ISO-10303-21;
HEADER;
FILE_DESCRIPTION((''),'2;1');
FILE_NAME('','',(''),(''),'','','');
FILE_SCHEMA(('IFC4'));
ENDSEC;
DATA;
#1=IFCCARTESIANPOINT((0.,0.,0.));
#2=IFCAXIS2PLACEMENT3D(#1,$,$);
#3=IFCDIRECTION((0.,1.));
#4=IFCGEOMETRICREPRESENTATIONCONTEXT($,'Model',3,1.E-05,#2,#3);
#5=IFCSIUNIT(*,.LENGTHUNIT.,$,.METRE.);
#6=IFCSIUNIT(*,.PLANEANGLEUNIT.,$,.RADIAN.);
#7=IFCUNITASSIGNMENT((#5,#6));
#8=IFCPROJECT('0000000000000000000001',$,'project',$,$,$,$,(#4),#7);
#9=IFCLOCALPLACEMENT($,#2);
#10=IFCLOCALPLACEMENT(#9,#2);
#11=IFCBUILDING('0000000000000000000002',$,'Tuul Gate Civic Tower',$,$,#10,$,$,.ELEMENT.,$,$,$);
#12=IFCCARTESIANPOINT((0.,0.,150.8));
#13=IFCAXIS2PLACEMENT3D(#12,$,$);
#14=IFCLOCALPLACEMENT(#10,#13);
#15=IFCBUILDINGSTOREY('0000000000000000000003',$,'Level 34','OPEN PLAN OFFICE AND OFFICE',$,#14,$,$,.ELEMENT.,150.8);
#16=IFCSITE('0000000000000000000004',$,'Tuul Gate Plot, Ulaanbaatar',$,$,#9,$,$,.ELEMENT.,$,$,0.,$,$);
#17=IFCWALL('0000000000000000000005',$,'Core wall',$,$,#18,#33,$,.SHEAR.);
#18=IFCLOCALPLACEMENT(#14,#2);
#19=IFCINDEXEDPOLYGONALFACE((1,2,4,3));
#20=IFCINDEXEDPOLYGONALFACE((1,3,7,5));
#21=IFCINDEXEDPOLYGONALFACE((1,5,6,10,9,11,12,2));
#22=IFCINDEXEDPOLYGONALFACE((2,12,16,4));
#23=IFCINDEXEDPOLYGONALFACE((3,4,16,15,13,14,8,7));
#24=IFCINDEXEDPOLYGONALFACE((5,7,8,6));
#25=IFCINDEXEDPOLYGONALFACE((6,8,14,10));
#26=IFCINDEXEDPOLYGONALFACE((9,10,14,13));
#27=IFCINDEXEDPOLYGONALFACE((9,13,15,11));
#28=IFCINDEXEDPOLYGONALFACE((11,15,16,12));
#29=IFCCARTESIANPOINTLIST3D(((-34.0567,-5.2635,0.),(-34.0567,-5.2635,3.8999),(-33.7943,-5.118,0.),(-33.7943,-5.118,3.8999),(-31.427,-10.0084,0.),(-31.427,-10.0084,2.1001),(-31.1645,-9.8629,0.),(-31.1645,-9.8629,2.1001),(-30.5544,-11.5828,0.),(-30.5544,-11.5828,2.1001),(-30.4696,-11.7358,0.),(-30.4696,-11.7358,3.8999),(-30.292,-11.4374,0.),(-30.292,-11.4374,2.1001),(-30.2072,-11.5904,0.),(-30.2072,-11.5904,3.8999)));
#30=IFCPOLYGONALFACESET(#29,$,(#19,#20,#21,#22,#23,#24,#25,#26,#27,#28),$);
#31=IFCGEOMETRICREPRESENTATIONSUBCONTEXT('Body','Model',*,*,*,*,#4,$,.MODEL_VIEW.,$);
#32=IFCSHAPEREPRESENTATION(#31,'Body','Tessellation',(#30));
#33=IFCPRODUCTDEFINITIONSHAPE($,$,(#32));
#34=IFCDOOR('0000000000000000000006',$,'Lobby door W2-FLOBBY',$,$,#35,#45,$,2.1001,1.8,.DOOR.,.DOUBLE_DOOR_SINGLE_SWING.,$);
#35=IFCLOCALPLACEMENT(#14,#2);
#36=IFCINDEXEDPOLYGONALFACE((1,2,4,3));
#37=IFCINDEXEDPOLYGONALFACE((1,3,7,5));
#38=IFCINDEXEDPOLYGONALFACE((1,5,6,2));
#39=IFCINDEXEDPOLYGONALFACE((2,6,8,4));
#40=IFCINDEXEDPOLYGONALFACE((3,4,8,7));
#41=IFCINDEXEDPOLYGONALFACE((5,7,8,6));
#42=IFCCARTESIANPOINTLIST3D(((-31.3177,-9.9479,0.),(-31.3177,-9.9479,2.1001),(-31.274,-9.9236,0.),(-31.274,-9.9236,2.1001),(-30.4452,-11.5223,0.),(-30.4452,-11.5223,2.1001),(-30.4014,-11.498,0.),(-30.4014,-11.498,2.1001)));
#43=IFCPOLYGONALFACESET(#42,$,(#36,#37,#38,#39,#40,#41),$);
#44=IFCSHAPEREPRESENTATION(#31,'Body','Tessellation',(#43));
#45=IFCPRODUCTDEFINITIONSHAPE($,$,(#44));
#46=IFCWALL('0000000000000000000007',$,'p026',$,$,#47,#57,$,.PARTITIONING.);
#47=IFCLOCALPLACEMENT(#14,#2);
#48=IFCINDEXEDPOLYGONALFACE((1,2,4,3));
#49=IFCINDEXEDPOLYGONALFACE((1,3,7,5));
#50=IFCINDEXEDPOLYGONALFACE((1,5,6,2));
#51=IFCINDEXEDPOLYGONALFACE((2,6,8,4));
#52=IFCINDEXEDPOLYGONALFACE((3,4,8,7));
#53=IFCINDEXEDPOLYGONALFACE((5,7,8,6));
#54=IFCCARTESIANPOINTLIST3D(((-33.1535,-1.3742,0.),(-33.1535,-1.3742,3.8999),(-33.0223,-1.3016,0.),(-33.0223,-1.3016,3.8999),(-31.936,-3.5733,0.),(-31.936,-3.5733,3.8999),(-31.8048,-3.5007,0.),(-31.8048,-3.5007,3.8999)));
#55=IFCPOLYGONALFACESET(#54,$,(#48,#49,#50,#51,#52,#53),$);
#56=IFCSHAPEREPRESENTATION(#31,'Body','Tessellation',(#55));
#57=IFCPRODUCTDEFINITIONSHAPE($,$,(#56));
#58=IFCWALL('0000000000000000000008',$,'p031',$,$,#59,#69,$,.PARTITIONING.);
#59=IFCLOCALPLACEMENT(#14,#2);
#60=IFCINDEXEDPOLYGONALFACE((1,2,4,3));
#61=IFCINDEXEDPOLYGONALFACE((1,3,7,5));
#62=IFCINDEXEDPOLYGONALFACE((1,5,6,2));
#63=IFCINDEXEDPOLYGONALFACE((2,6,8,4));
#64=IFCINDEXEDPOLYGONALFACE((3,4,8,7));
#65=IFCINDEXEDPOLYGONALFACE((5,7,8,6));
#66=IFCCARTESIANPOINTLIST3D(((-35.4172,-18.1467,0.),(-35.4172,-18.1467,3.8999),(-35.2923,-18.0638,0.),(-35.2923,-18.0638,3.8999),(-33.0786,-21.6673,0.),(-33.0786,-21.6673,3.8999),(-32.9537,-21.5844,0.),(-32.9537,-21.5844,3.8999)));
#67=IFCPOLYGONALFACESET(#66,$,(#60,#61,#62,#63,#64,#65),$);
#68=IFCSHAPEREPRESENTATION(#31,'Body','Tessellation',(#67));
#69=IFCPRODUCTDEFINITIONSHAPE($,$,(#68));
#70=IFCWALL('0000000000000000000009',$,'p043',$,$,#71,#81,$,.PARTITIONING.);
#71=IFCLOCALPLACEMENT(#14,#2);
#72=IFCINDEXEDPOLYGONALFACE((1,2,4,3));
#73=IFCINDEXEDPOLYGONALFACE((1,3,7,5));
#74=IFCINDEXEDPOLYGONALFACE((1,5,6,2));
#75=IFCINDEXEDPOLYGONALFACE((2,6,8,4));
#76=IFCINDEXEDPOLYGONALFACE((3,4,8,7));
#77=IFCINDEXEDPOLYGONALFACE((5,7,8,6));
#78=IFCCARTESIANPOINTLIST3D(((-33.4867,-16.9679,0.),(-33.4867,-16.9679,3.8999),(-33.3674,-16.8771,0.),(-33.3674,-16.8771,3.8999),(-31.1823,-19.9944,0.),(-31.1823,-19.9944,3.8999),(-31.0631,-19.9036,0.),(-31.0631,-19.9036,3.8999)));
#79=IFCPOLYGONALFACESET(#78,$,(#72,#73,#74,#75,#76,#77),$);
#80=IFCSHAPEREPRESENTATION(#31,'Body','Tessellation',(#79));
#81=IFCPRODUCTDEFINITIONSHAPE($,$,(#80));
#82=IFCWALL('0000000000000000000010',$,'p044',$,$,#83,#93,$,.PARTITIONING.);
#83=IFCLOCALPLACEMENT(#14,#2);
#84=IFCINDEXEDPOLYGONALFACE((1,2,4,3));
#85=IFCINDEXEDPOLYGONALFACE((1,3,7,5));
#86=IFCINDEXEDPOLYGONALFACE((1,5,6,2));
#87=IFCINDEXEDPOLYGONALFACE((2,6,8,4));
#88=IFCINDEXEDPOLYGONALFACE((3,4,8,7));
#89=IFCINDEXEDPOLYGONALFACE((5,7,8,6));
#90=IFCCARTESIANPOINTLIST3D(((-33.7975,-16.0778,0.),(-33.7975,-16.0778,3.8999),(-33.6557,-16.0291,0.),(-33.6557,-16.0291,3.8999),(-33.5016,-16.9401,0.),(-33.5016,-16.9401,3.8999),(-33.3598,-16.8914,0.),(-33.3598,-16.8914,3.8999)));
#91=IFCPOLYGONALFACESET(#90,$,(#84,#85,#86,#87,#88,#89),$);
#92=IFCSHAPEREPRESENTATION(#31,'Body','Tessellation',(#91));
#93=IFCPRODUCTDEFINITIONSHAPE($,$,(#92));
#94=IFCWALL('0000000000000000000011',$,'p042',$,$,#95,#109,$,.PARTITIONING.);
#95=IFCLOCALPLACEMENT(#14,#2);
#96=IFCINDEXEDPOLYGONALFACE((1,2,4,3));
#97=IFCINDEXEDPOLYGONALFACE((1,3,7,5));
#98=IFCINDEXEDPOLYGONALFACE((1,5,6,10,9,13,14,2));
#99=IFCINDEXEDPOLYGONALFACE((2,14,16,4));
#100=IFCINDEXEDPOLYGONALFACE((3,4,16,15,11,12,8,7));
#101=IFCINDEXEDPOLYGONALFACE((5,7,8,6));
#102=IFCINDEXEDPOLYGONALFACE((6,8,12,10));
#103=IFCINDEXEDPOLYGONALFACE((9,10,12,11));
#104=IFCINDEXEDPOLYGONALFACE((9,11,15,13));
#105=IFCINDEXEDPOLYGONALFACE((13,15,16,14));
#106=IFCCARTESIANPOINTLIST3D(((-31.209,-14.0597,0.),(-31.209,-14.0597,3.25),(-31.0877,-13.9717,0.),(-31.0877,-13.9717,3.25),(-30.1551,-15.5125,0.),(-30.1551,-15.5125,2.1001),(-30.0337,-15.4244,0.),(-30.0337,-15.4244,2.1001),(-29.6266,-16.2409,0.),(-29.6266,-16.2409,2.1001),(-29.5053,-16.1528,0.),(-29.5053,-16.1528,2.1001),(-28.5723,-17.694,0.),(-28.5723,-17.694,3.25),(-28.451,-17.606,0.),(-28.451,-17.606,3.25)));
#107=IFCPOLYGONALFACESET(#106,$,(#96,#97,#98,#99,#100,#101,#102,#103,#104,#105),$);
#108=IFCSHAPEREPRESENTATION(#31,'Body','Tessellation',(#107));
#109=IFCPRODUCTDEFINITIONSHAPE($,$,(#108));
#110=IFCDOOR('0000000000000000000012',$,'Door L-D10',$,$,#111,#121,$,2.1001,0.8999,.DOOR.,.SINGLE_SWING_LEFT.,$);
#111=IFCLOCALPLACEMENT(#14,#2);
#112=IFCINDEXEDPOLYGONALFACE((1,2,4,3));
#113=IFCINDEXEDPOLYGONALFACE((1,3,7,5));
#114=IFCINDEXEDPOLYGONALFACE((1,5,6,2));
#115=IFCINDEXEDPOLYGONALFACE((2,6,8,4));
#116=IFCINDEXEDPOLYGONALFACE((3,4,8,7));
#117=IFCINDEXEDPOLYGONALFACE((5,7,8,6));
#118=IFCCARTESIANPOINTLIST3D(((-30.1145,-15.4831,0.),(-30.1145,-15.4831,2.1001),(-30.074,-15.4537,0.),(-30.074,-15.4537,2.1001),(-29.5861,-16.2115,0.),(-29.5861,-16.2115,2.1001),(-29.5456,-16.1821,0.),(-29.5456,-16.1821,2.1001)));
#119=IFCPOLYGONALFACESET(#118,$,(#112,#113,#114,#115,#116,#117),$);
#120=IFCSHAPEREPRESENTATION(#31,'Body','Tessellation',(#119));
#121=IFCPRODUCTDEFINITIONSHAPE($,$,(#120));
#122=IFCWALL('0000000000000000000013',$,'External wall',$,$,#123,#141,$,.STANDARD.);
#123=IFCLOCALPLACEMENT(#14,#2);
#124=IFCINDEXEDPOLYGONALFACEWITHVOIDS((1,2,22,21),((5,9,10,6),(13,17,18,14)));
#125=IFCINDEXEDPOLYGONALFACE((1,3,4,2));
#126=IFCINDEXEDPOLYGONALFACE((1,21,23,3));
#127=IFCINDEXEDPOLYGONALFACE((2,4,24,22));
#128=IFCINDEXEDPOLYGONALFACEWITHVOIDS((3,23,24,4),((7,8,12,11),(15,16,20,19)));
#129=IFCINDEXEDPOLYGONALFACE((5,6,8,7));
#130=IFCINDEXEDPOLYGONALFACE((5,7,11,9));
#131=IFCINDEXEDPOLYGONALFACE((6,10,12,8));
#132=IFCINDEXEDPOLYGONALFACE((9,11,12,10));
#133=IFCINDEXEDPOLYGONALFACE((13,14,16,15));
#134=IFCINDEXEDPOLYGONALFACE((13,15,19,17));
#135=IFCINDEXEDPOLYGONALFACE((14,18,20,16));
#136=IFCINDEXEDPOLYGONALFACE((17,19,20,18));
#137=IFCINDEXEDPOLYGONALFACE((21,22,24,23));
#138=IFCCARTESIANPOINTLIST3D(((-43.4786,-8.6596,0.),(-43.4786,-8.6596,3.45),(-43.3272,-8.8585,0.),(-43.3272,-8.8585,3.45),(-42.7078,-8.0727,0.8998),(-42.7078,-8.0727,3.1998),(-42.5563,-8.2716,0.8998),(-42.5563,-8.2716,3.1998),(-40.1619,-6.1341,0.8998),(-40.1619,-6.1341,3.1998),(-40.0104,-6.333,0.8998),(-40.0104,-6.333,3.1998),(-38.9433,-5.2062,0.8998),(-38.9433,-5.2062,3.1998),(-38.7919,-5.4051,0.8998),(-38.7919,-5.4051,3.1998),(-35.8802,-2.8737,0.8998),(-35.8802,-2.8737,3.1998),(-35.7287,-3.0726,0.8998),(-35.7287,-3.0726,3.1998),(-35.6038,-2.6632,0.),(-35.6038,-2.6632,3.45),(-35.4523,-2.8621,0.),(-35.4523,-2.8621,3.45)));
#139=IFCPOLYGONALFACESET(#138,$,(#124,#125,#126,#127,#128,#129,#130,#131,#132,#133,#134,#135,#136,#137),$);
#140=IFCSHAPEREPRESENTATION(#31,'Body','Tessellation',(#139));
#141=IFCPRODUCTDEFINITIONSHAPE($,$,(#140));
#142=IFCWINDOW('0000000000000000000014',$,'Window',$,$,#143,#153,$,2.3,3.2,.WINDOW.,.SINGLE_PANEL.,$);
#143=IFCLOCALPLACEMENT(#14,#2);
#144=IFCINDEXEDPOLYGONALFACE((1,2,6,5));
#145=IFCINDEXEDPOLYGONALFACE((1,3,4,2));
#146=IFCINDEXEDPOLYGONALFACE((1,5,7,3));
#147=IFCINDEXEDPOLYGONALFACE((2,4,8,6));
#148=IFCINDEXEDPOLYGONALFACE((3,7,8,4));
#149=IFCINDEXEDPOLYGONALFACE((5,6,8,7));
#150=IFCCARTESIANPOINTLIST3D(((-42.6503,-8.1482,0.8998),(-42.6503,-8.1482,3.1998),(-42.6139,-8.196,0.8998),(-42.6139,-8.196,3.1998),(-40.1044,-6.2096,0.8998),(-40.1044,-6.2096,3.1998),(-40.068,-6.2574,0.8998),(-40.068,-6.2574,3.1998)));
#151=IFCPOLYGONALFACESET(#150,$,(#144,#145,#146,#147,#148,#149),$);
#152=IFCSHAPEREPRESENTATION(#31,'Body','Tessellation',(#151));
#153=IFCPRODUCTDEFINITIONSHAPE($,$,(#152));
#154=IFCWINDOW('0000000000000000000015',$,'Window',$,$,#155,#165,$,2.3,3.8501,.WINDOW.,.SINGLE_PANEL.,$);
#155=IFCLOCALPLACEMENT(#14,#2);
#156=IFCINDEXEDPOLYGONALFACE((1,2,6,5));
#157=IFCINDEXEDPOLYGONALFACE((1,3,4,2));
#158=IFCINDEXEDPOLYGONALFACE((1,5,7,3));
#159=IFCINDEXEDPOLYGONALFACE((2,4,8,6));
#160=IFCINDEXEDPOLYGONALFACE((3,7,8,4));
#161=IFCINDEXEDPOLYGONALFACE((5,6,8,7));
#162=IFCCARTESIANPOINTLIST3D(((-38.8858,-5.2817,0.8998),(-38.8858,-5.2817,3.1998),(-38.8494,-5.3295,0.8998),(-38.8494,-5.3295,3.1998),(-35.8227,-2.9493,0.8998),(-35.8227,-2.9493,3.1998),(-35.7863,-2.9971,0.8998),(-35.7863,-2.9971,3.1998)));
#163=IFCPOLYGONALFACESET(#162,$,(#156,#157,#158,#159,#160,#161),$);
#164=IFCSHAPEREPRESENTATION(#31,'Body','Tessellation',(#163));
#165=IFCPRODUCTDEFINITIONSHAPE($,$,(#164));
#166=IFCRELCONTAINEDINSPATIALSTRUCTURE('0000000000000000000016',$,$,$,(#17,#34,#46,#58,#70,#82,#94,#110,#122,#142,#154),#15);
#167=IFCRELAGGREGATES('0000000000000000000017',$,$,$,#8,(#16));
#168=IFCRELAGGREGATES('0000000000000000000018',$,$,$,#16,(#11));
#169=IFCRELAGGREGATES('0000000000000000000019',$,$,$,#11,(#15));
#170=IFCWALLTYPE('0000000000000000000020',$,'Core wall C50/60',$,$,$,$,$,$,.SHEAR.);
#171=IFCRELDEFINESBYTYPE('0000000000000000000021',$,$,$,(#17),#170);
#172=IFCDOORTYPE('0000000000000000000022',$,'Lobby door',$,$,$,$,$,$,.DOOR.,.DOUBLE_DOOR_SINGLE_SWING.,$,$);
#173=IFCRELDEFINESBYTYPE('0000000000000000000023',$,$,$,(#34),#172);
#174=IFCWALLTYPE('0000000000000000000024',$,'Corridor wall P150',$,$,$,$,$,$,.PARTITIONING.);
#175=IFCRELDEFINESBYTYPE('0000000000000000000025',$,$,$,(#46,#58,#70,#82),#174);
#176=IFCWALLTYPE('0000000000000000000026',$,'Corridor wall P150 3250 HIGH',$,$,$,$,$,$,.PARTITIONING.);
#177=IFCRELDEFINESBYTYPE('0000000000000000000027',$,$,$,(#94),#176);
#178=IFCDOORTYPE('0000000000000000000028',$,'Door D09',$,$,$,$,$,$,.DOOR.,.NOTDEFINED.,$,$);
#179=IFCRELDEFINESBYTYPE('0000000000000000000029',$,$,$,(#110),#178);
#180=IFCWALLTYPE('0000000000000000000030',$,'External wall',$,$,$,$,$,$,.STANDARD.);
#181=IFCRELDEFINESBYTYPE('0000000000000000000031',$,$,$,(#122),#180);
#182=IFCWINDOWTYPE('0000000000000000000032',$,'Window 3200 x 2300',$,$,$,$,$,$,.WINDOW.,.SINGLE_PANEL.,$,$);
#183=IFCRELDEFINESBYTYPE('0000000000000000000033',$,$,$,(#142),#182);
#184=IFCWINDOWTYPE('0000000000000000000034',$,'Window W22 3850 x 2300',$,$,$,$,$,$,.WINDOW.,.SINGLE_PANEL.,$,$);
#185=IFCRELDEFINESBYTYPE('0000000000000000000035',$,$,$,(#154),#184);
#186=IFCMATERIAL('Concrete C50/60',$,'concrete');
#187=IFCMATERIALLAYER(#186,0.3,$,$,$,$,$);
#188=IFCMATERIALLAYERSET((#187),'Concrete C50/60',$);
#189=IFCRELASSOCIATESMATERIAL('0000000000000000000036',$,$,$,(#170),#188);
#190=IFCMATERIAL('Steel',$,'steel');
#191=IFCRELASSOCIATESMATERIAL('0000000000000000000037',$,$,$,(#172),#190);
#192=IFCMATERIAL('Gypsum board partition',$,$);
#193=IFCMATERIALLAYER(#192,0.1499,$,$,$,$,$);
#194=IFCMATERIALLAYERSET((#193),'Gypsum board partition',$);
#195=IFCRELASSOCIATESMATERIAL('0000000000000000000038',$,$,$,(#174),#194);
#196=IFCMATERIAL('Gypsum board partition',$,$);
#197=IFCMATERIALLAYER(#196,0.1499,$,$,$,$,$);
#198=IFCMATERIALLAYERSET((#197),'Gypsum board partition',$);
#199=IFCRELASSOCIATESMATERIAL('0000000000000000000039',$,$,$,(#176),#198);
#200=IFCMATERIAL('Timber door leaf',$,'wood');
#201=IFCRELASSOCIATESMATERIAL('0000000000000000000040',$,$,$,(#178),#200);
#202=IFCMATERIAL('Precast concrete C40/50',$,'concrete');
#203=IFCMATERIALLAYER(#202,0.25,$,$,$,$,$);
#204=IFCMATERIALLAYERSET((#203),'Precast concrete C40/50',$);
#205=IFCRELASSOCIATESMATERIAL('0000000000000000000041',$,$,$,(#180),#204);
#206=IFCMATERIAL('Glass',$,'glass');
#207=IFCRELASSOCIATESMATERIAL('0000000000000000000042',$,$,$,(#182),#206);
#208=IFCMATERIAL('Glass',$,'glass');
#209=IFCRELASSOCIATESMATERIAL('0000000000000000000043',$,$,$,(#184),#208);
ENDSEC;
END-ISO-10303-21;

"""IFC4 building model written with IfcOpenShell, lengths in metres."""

from ifc_helpers import new_model, si_unit, direction, frame, frame_2d, origin, place, context, subcontext, project, spatial, rectangle, extrude, material, layer, layer_set, type_object, element, fill, save


model = new_model("IFC4")

# Units and contexts
model_context = context("Model", 3, precision=1e-05, world=origin(), true_north=direction((0.0, 1.0)))
body_context = subcontext(model_context, "Body", "Model", "MODEL_VIEW")
ifc_project = project(units=[si_unit("LENGTHUNIT", "METRE"), si_unit("PLANEANGLEUNIT", "RADIAN")], contexts=[model_context])

# Site, building, storey
site_placement = place(None, origin())
site = spatial("IfcSite", under=ifc_project, at=site_placement, Name="Tuul Gate Plot, Ulaanbaatar", CompositionType="ELEMENT", RefElevation=0.0)
building_placement = place(site_placement, origin())
building = spatial("IfcBuilding", under=site, at=building_placement, Name="Tuul Gate Civic Tower", CompositionType="ELEMENT")
storey_placement = place(building_placement, frame((0.0, 0.0, 150.8)))
storey = spatial("IfcBuildingStorey", under=building, at=storey_placement, Name="Level 34", Description="OPEN PLAN OFFICE AND OFFICE", CompositionType="ELEMENT", Elevation=150.8)

# Shared definitions
ifc_material_1 = material(Name="Concrete C50/60", Category="concrete")
ifc_layer_1 = layer(ifc_material_1, 0.3)
ifc_layer_set_1 = layer_set([ifc_layer_1], Name="Concrete C50/60")
wall_type_1 = type_object("IfcWallType", Name="Core wall C50/60", PredefinedType="SHEAR", material=ifc_layer_set_1)
ifc_material_2 = material(Name="Steel", Category="steel")
door_type_1 = type_object("IfcDoorType", Name="Lobby door", OperationType="DOUBLE_DOOR_SINGLE_SWING", PredefinedType="DOOR", material=ifc_material_2)

# Wall, opening, door
wall_1_placement = place(storey_placement, frame((-30.3384, -11.6631, 0.0), z_axis=(0.0, 0.0, 1.0), x_axis=(-0.484752, 0.874652, 0.0)))
wall_1 = element("IfcWall", 1, at=wall_1_placement, inside=storey, type_object=wall_type_1, Name="Core wall", PredefinedType="SHEAR", context=body_context, shape_type="SweptSolid", body=[
    extrude(rectangle(XDim=7.3999, YDim=0.3, at=frame_2d((3.7, 0.0))), origin(), (0.0, 0.0, 1.0), 3.8999),
])
opening_1_placement = place(wall_1_placement, frame((0.175, 0.0, 0.0)))
opening_1 = element("IfcOpeningElement", 2, at=opening_1_placement, cuts=wall_1, PredefinedType="OPENING", context=body_context, shape_type="SweptSolid", body=[
    extrude(rectangle(XDim=1.8, YDim=2.1001, at=frame_2d((0.8999, 1.05))), frame((0.0, 0.1602, 0.0), z_axis=(0.0, -1.0, 0.0), x_axis=(1.0, 0.0, 0.0)), (0.0, 0.0, 1.0), 0.3201),
])
door_1_placement = place(opening_1_placement, frame((1.8, 0.0, 0.0), z_axis=(0.0, 0.0, 1.0), x_axis=(-1.0, 0.0, 0.0)))
door_1 = element("IfcDoor", 3, at=door_1_placement, inside=storey, type_object=door_type_1, Name="Lobby door W2-FLOBBY", OperationType="DOUBLE_DOOR_SINGLE_SWING", OverallHeight=2.1001, OverallWidth=1.8, PredefinedType="DOOR", context=body_context, shape_type="SweptSolid", body=[
    extrude(rectangle(XDim=1.8, YDim=2.1001, at=frame_2d((0.9001, 1.05))), frame((0.0, 0.0249, 0.0), z_axis=(0.0, -1.0, 0.0), x_axis=(1.0, 0.0, 0.0)), (0.0, 0.0, 1.0), 0.05),
])
fill(opening_1, door_1)

# Walls
ifc_material_3 = material(Name="Gypsum board partition")
ifc_layer_2 = layer(ifc_material_3, 0.1499)
ifc_layer_set_2 = layer_set([ifc_layer_2], Name="Gypsum board partition")
wall_type_2 = type_object("IfcWallType", Name="Corridor wall P150", PredefinedType="PARTITIONING", material=ifc_layer_set_2)
wall_2_placement = place(storey_placement, frame((-33.0879, -1.3379, 0.0), z_axis=(0.0, 0.0, 1.0), x_axis=(0.484348, -0.874876, 0.0)))
element("IfcWall", 4, at=wall_2_placement, inside=storey, type_object=wall_type_2, Name="p026", PredefinedType="PARTITIONING", context=body_context, shape_type="SweptSolid", body=[
    extrude(rectangle(XDim=2.5137, YDim=0.1499, at=frame_2d((1.2568, 0.0))), origin(), (0.0, 0.0, 1.0), 3.8999),
])
wall_3_placement = place(storey_placement, frame((-35.3547, -18.1052, 0.0), z_axis=(0.0, 0.0, 1.0), x_axis=(0.5533, -0.832982, 0.0)))
element("IfcWall", 5, at=wall_3_placement, inside=storey, type_object=wall_type_2, Name="p031", PredefinedType="PARTITIONING", context=body_context, shape_type="SweptSolid", body=[
    extrude(rectangle(XDim=4.2266, YDim=0.1499, at=frame_2d((2.1133, 0.0))), origin(), (0.0, 0.0, 1.0), 3.8999),
])
wall_4_placement = place(storey_placement, frame((-33.427, -16.9226, 0.0), z_axis=(0.0, 0.0, 1.0), x_axis=(0.605786, -0.795628, 0.0)))
element("IfcWall", 6, at=wall_4_placement, inside=storey, type_object=wall_type_2, Name="p043", PredefinedType="PARTITIONING", context=body_context, shape_type="SweptSolid", body=[
    extrude(rectangle(XDim=3.804, YDim=0.1499, at=frame_2d((1.9019, 0.0))), origin(), (0.0, 0.0, 1.0), 3.8999),
])
wall_5_placement = place(storey_placement, frame((-33.7266, -16.0535, 0.0), z_axis=(0.0, 0.0, 1.0), x_axis=(0.324571, -0.945861, 0.0)))
element("IfcWall", 7, at=wall_5_placement, inside=storey, type_object=wall_type_2, Name="p044", PredefinedType="PARTITIONING", context=body_context, shape_type="SweptSolid", body=[
    extrude(rectangle(XDim=0.9116, YDim=0.1499, at=frame_2d((0.4558, 0.0))), origin(), (0.0, 0.0, 1.0), 3.8999),
])

# Wall, opening, door
ifc_material_4 = material(Name="Gypsum board partition")
ifc_layer_3 = layer(ifc_material_4, 0.1499)
ifc_layer_set_3 = layer_set([ifc_layer_3], Name="Gypsum board partition")
wall_type_3 = type_object("IfcWallType", Name="Corridor wall P150 3250 HIGH", PredefinedType="PARTITIONING", material=ifc_layer_set_3)
wall_6_placement = place(storey_placement, frame((-31.1484, -14.0156, 0.0), z_axis=(0.0, 0.0, 1.0), x_axis=(0.58724, -0.809413, 0.0)))
wall_6 = element("IfcWall", 8, at=wall_6_placement, inside=storey, type_object=wall_type_3, Name="p042", PredefinedType="PARTITIONING", context=body_context, shape_type="SweptSolid", body=[
    extrude(rectangle(XDim=4.49, YDim=0.1499, at=frame_2d((2.2451, 0.0))), origin(), (0.0, 0.0, 1.0), 3.25),
])
opening_2_placement = place(wall_6_placement, frame((1.7949, 0.0, 0.0)))
opening_2 = element("IfcOpeningElement", 9, at=opening_2_placement, cuts=wall_6, PredefinedType="OPENING", context=body_context, shape_type="SweptSolid", body=[
    extrude(rectangle(XDim=0.8999, YDim=2.1001, at=frame_2d((0.45, 1.05))), frame((0.0, 0.085, 0.0), z_axis=(0.0, -1.0, 0.0), x_axis=(1.0, 0.0, 0.0)), (0.0, 0.0, 1.0), 0.1699),
])
ifc_material_5 = material(Name="Timber door leaf", Category="wood")
door_type_2 = type_object("IfcDoorType", Name="Door D09", OperationType="NOTDEFINED", PredefinedType="DOOR", material=ifc_material_5)
door_2_placement = place(opening_2_placement, frame((0.8999, 0.0, 0.0), z_axis=(0.0, 0.0, 1.0), x_axis=(-1.0, 0.0, 0.0)))
door_2 = element("IfcDoor", 10, at=door_2_placement, inside=storey, type_object=door_type_2, Name="Door L-D10", OperationType="SINGLE_SWING_LEFT", OverallHeight=2.1001, OverallWidth=0.8999, PredefinedType="DOOR", context=body_context, shape_type="SweptSolid", body=[
    extrude(rectangle(XDim=0.8999, YDim=2.1001, at=frame_2d((0.45, 1.05))), frame((0.0, 0.0249, 0.0), z_axis=(0.0, -1.0, 0.0), x_axis=(1.0, 0.0, 0.0)), (0.0, 0.0, 1.0), 0.05),
])
fill(opening_2, door_2)

# Wall, openings, windows
ifc_material_6 = material(Name="Precast concrete C40/50", Category="concrete")
ifc_layer_4 = layer(ifc_material_6, 0.25)
ifc_layer_set_4 = layer_set([ifc_layer_4], Name="Precast concrete C40/50")
wall_type_4 = type_object("IfcWallType", Name="External wall", PredefinedType="STANDARD", material=ifc_layer_set_4)
wall_7_placement = place(storey_placement, frame((-35.5281, -2.7627, 0.0), z_axis=(0.0, 0.0, 1.0), x_axis=(-0.795601, -0.605821, 0.0)))
wall_7 = element("IfcWall", 11, at=wall_7_placement, inside=storey, type_object=wall_type_4, Name="External wall", PredefinedType="STANDARD", context=body_context, shape_type="SweptSolid", body=[
    extrude(rectangle(XDim=9.8979, YDim=0.25, at=frame_2d((4.949, 0.0))), origin(), (0.0, 0.0, 1.0), 3.45),
])
opening_3_placement = place(wall_7_placement, frame((0.3474, 0.0, 0.8999)))
opening_3 = element("IfcOpeningElement", 12, at=opening_3_placement, cuts=wall_7, PredefinedType="OPENING", context=body_context, shape_type="SweptSolid", body=[
    extrude(rectangle(XDim=3.8501, YDim=2.3, at=frame_2d((1.925, 1.1499))), frame((0.0, 0.135, 0.0), z_axis=(0.0, -1.0, 0.0), x_axis=(1.0, 0.0, 0.0)), (0.0, 0.0, 1.0), 0.27),
])
opening_4_placement = place(wall_7_placement, frame((5.729, 0.0, 0.8999)))
opening_4 = element("IfcOpeningElement", 13, at=opening_4_placement, cuts=wall_7, PredefinedType="OPENING", context=body_context, shape_type="SweptSolid", body=[
    extrude(rectangle(XDim=3.2, YDim=2.3, at=frame_2d((1.6001, 1.1499))), frame((0.0, 0.135, 0.0), z_axis=(0.0, -1.0, 0.0), x_axis=(1.0, 0.0, 0.0)), (0.0, 0.0, 1.0), 0.27),
])
ifc_material_7 = material(Name="Glass", Category="glass")
window_type_1 = type_object("IfcWindowType", Name="Window 3200 x 2300", PartitioningType="SINGLE_PANEL", PredefinedType="WINDOW", material=ifc_material_7)
window_1_placement = place(opening_4_placement, origin())
window_1 = element("IfcWindow", 14, at=window_1_placement, inside=storey, type_object=window_type_1, Name="Window", OverallHeight=2.3, OverallWidth=3.2, PartitioningType="SINGLE_PANEL", PredefinedType="WINDOW", context=body_context, shape_type="SweptSolid", body=[
    extrude(rectangle(XDim=3.2, YDim=2.3, at=frame_2d((1.6001, 1.1499))), frame((0.0, 0.03, 0.0), z_axis=(0.0, -1.0, 0.0), x_axis=(1.0, 0.0, 0.0)), (0.0, 0.0, 1.0), 0.0601),
])
fill(opening_4, window_1)
ifc_material_8 = material(Name="Glass", Category="glass")
window_type_2 = type_object("IfcWindowType", Name="Window W22 3850 x 2300", PartitioningType="SINGLE_PANEL", PredefinedType="WINDOW", material=ifc_material_8)
window_2_placement = place(opening_3_placement, origin())
window_2 = element("IfcWindow", 15, at=window_2_placement, inside=storey, type_object=window_type_2, Name="Window", OverallHeight=2.3, OverallWidth=3.8501, PartitioningType="SINGLE_PANEL", PredefinedType="WINDOW", context=body_context, shape_type="SweptSolid", body=[
    extrude(rectangle(XDim=3.8501, YDim=2.3, at=frame_2d((1.925, 1.1499))), frame((0.0, 0.03, 0.0), z_axis=(0.0, -1.0, 0.0), x_axis=(1.0, 0.0, 0.0)), (0.0, 0.0, 1.0), 0.0601),
])
fill(opening_3, window_2)

save(model, "model.ifc")
